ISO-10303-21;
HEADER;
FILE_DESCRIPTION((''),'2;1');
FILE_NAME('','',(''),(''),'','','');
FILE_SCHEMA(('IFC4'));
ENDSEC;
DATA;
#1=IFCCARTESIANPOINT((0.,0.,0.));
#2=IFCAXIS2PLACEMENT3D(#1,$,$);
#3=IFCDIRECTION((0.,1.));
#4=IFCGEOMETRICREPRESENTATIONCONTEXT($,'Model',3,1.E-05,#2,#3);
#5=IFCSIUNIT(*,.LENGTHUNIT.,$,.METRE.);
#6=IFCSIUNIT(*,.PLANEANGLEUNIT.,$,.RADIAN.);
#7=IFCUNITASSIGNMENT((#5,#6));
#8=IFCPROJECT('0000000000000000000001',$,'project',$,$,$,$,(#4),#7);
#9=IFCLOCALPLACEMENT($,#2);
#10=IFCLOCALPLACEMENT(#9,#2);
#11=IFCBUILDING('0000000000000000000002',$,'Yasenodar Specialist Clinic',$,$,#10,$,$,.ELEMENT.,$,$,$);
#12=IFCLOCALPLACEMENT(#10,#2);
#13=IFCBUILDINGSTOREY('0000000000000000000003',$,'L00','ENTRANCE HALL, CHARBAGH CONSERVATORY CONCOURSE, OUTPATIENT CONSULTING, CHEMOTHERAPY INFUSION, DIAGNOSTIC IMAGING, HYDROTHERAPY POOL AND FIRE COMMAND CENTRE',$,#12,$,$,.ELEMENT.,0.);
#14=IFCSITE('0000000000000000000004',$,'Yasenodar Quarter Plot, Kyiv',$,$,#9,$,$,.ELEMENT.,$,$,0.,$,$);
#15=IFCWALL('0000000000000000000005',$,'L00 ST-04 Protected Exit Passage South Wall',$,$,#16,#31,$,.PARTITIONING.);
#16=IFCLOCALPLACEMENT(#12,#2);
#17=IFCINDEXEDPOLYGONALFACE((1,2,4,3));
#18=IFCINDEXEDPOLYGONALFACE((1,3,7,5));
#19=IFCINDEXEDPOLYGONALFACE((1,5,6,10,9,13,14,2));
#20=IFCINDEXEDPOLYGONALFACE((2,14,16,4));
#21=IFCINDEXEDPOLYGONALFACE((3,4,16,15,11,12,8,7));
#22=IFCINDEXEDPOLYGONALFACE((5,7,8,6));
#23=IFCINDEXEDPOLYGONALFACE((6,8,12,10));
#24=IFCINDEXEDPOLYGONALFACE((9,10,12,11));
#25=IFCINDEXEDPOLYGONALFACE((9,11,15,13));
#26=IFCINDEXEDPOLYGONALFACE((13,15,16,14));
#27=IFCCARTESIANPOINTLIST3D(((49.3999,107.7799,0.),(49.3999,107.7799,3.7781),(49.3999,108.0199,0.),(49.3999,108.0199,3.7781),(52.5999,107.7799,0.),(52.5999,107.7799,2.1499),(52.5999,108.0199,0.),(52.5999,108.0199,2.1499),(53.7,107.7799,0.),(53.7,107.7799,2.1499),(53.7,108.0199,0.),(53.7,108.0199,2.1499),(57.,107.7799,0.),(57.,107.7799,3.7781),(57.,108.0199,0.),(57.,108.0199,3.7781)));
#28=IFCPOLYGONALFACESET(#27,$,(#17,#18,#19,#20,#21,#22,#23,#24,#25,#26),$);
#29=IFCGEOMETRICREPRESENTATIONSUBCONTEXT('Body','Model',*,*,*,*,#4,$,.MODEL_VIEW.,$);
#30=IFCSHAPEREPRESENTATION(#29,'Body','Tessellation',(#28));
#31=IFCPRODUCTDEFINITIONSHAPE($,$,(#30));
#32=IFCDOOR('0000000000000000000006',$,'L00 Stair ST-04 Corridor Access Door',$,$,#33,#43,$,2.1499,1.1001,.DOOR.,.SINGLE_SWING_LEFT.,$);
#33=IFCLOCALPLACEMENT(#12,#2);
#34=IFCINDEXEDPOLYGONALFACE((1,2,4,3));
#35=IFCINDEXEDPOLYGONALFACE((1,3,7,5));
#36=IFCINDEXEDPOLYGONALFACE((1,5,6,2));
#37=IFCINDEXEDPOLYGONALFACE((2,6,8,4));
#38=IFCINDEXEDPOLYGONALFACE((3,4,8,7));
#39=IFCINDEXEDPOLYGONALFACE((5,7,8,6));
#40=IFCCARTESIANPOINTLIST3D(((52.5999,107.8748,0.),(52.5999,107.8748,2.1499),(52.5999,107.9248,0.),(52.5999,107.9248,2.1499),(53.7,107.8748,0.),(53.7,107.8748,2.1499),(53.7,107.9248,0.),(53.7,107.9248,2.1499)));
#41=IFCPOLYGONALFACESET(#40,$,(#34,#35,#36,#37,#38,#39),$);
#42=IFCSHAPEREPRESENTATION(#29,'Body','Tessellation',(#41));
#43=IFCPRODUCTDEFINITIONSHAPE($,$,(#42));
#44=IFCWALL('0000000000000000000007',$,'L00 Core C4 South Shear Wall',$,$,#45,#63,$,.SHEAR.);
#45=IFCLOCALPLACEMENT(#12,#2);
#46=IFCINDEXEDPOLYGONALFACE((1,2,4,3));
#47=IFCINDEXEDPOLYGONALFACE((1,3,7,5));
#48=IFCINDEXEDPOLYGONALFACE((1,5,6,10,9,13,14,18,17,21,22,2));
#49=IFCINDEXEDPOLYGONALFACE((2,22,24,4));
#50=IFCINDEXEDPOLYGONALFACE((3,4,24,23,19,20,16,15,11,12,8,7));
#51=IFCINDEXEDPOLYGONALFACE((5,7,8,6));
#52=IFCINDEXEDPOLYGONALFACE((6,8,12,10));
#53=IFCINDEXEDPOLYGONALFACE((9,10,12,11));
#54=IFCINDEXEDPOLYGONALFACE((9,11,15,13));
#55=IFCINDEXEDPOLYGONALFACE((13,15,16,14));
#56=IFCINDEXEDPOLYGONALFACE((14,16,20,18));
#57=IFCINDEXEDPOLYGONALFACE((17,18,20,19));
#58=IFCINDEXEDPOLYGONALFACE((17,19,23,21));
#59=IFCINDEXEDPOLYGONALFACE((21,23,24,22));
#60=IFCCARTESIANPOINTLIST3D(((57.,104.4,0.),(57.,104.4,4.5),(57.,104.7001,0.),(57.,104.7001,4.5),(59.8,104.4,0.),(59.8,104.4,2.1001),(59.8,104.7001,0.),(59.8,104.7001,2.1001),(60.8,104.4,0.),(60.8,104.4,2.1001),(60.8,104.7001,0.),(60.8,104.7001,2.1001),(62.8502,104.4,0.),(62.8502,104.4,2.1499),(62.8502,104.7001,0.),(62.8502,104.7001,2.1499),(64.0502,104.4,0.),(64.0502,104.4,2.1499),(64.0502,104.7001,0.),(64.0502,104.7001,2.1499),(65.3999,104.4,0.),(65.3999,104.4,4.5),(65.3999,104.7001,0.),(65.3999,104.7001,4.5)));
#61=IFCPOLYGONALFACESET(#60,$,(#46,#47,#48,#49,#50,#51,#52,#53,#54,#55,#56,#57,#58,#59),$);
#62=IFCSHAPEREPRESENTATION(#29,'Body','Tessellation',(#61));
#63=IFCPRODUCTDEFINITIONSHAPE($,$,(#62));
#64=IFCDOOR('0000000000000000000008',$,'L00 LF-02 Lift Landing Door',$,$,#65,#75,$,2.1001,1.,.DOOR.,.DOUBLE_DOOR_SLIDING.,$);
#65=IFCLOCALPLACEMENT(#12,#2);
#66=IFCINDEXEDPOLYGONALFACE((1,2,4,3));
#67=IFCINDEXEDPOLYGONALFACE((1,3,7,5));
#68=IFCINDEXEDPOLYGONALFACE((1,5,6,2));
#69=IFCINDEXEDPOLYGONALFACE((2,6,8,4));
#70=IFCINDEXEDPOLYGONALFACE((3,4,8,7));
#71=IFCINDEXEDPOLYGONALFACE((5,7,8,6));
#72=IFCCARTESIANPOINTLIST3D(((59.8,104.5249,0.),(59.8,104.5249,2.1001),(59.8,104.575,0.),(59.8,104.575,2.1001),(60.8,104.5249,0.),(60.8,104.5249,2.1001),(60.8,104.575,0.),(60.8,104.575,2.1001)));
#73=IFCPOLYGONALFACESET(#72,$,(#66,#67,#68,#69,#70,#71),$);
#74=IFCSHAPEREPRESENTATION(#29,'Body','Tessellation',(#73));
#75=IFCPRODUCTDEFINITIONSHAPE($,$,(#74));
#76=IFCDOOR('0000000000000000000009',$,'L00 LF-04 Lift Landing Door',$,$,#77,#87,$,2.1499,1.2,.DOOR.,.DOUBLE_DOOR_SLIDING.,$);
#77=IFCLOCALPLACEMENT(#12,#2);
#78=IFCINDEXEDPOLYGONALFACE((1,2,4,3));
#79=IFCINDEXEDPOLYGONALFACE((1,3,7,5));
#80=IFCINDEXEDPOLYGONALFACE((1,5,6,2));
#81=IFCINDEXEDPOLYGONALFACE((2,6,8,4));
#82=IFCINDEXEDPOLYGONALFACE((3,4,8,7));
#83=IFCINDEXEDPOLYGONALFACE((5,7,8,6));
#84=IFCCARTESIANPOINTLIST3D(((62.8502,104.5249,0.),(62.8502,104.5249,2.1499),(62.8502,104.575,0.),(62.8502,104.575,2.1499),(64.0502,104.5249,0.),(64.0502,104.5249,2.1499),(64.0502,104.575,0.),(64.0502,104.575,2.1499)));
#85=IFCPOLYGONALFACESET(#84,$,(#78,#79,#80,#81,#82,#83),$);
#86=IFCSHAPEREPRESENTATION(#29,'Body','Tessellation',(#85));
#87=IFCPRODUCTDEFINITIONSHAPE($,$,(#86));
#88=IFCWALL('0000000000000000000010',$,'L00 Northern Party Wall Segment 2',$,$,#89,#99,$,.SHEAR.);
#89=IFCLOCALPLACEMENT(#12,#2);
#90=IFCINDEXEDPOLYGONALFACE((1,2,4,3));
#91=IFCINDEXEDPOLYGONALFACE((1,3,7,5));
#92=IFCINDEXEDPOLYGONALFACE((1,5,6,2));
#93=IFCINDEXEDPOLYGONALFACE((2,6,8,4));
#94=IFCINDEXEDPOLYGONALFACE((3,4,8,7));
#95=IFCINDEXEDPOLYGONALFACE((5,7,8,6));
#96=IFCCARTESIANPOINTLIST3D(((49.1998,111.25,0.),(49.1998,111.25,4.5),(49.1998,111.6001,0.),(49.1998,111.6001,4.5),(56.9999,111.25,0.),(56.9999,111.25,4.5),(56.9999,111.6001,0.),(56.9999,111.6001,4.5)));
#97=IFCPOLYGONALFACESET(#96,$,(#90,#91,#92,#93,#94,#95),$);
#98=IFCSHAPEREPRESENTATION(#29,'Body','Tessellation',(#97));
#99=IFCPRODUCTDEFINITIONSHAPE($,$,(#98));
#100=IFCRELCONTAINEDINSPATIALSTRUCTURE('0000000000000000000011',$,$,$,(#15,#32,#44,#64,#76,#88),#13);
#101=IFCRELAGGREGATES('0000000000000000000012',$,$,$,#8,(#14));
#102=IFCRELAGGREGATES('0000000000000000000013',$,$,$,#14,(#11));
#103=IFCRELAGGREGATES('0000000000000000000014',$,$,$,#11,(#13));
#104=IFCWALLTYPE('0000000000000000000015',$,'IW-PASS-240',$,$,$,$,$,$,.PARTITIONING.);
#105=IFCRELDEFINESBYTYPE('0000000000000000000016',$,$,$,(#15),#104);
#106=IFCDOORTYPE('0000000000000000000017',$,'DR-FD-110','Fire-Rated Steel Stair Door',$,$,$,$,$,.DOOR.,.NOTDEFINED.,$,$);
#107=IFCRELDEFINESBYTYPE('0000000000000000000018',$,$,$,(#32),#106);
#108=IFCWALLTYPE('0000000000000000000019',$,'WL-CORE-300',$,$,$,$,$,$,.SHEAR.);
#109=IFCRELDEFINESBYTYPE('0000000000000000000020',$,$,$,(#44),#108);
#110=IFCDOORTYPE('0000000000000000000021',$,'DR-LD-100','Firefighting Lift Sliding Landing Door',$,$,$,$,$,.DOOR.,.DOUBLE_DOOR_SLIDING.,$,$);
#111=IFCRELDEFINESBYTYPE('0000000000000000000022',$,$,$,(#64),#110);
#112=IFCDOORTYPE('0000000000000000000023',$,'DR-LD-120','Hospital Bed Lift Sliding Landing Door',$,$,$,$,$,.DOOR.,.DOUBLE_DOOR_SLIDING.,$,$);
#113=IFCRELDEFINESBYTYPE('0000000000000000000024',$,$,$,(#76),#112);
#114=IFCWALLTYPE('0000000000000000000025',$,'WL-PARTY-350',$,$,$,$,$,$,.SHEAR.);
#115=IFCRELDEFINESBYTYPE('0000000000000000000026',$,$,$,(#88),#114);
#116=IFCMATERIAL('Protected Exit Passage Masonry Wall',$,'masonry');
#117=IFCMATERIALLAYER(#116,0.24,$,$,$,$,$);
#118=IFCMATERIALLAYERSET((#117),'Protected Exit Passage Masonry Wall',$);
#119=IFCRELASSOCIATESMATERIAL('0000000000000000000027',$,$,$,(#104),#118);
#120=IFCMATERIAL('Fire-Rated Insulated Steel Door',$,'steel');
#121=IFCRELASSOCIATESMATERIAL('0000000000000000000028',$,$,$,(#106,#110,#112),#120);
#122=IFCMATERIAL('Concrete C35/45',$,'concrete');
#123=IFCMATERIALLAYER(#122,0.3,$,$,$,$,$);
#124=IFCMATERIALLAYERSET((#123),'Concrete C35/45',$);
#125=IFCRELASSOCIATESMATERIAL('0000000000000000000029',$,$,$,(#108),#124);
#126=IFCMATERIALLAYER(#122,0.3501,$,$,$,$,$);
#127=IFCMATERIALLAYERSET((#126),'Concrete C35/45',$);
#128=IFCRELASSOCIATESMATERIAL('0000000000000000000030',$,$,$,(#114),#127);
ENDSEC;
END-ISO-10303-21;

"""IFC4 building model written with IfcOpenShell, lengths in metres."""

from ifc_helpers import new_model, si_unit, direction, frame, frame_2d, origin, place, context, subcontext, project, spatial, rectangle, extrude, material, layer, layer_set, type_object, element, fill, save


model = new_model("IFC4")

# Units and contexts
model_context = context("Model", 3, precision=1e-05, world=origin(), true_north=direction((0.0, 1.0)))
body_context = subcontext(model_context, "Body", "Model", "MODEL_VIEW")
ifc_project = project(units=[si_unit("LENGTHUNIT", "METRE"), si_unit("PLANEANGLEUNIT", "RADIAN")], contexts=[model_context])

# Site, building, storey
site_placement = place(None, origin())
site = spatial("IfcSite", under=ifc_project, at=site_placement, Name="Yasenodar Quarter Plot, Kyiv", CompositionType="ELEMENT", RefElevation=0.0)
building_placement = place(site_placement, origin())
building = spatial("IfcBuilding", under=site, at=building_placement, Name="Yasenodar Specialist Clinic", CompositionType="ELEMENT")
storey_placement = place(building_placement, origin())
storey = spatial("IfcBuildingStorey", under=building, at=storey_placement, Name="L00", Description="ENTRANCE HALL, CHARBAGH CONSERVATORY CONCOURSE, OUTPATIENT CONSULTING, CHEMOTHERAPY INFUSION, DIAGNOSTIC IMAGING, HYDROTHERAPY POOL AND FIRE COMMAND CENTRE", CompositionType="ELEMENT", Elevation=0.0)

# Shared definitions
ifc_material_1 = material(Name="Concrete C35/45", Category="concrete")

# Wall, opening, door
ifc_material_2 = material(Name="Protected Exit Passage Masonry Wall", Category="masonry")
ifc_layer_1 = layer(ifc_material_2, 0.24)
ifc_layer_set_1 = layer_set([ifc_layer_1], Name="Protected Exit Passage Masonry Wall")
wall_type_1 = type_object("IfcWallType", Name="IW-PASS-240", PredefinedType="PARTITIONING", material=ifc_layer_set_1)
wall_1_placement = place(storey_placement, frame((49.3999, 107.8999, 0.0), z_axis=(0.0, 0.0, 1.0), x_axis=(1.0, 0.0, 0.0)))
wall_1 = element("IfcWall", 1, at=wall_1_placement, inside=storey, type_object=wall_type_1, Name="L00 ST-04 Protected Exit Passage South Wall", PredefinedType="PARTITIONING", context=body_context, shape_type="SweptSolid", body=[
    extrude(rectangle(XDim=7.6001, YDim=0.24, at=frame_2d((3.8, 0.0))), origin(), (0.0, 0.0, 1.0), 3.7781),
])
opening_1_placement = place(wall_1_placement, frame((3.2, 0.0, 0.0)))
opening_1 = element("IfcOpeningElement", 2, at=opening_1_placement, cuts=wall_1, PredefinedType="OPENING", context=body_context, shape_type="SweptSolid", body=[
    extrude(rectangle(XDim=1.1001, YDim=2.1499, at=frame_2d((0.55, 1.075))), frame((0.0, 0.1299, 0.0), z_axis=(0.0, -1.0, 0.0), x_axis=(1.0, 0.0, 0.0)), (0.0, 0.0, 1.0), 0.26),
])
ifc_material_3 = material(Name="Fire-Rated Insulated Steel Door", Category="steel")
door_type_1 = type_object("IfcDoorType", Name="DR-FD-110", Description="Fire-Rated Steel Stair Door", OperationType="NOTDEFINED", PredefinedType="DOOR", material=ifc_material_3)
door_1_placement = place(opening_1_placement, origin())
door_1 = element("IfcDoor", 3, at=door_1_placement, inside=storey, type_object=door_type_1, Name="L00 Stair ST-04 Corridor Access Door", OperationType="SINGLE_SWING_LEFT", OverallHeight=2.1499, OverallWidth=1.1001, PredefinedType="DOOR", context=body_context, shape_type="SweptSolid", body=[
    extrude(rectangle(XDim=1.1001, YDim=2.1499, at=frame_2d((0.55, 1.075))), frame((0.0, 0.0249, 0.0), z_axis=(0.0, -1.0, 0.0), x_axis=(1.0, 0.0, 0.0)), (0.0, 0.0, 1.0), 0.05),
])
fill(opening_1, door_1)

# Wall, openings, doors
ifc_layer_2 = layer(ifc_material_1, 0.3)
ifc_layer_set_2 = layer_set([ifc_layer_2], Name="Concrete C35/45")
wall_type_2 = type_object("IfcWallType", Name="WL-CORE-300", PredefinedType="SHEAR", material=ifc_layer_set_2)
wall_2_placement = place(storey_placement, frame((57.0, 104.55, 0.0), z_axis=(0.0, 0.0, 1.0), x_axis=(1.0, 0.0, 0.0)))
wall_2 = element("IfcWall", 4, at=wall_2_placement, inside=storey, type_object=wall_type_2, Name="L00 Core C4 South Shear Wall", PredefinedType="SHEAR", context=body_context, shape_type="SweptSolid", body=[
    extrude(rectangle(XDim=8.3999, YDim=0.3, at=frame_2d((4.2, 0.0))), origin(), (0.0, 0.0, 1.0), 4.5),
])
opening_2_placement = place(wall_2_placement, frame((2.8, 0.0, 0.0)))
opening_2 = element("IfcOpeningElement", 5, at=opening_2_placement, cuts=wall_2, PredefinedType="OPENING", context=body_context, shape_type="SweptSolid", body=[
    extrude(rectangle(XDim=1.0, YDim=2.1001, at=frame_2d((0.5, 1.05))), frame((0.0, 0.1602, 0.0), z_axis=(0.0, -1.0, 0.0), x_axis=(1.0, 0.0, 0.0)), (0.0, 0.0, 1.0), 0.3201),
])
opening_3_placement = place(wall_2_placement, frame((5.8501, 0.0, 0.0)))
opening_3 = element("IfcOpeningElement", 6, at=opening_3_placement, cuts=wall_2, PredefinedType="OPENING", context=body_context, shape_type="SweptSolid", body=[
    extrude(rectangle(XDim=1.2, YDim=2.1499, at=frame_2d((0.6001, 1.075))), frame((0.0, 0.1602, 0.0), z_axis=(0.0, -1.0, 0.0), x_axis=(1.0, 0.0, 0.0)), (0.0, 0.0, 1.0), 0.3201),
])
door_type_2 = type_object("IfcDoorType", Name="DR-LD-100", Description="Firefighting Lift Sliding Landing Door", OperationType="DOUBLE_DOOR_SLIDING", PredefinedType="DOOR", material=ifc_material_3)
door_2_placement = place(opening_2_placement, origin())
door_2 = element("IfcDoor", 7, at=door_2_placement, inside=storey, type_object=door_type_2, Name="L00 LF-02 Lift Landing Door", OperationType="DOUBLE_DOOR_SLIDING", OverallHeight=2.1001, OverallWidth=1.0, PredefinedType="DOOR", context=body_context, shape_type="SweptSolid", body=[
    extrude(rectangle(XDim=1.0, YDim=2.1001, at=frame_2d((0.5, 1.05))), frame((0.0, 0.0249, 0.0), z_axis=(0.0, -1.0, 0.0), x_axis=(1.0, 0.0, 0.0)), (0.0, 0.0, 1.0), 0.05),
])
fill(opening_2, door_2)
door_type_3 = type_object("IfcDoorType", Name="DR-LD-120", Description="Hospital Bed Lift Sliding Landing Door", OperationType="DOUBLE_DOOR_SLIDING", PredefinedType="DOOR", material=ifc_material_3)
door_3_placement = place(opening_3_placement, origin())
door_3 = element("IfcDoor", 8, at=door_3_placement, inside=storey, type_object=door_type_3, Name="L00 LF-04 Lift Landing Door", OperationType="DOUBLE_DOOR_SLIDING", OverallHeight=2.1499, OverallWidth=1.2, PredefinedType="DOOR", context=body_context, shape_type="SweptSolid", body=[
    extrude(rectangle(XDim=1.2, YDim=2.1499, at=frame_2d((0.6001, 1.075))), frame((0.0, 0.0249, 0.0), z_axis=(0.0, -1.0, 0.0), x_axis=(1.0, 0.0, 0.0)), (0.0, 0.0, 1.0), 0.05),
])
fill(opening_3, door_3)

# Wall
ifc_layer_3 = layer(ifc_material_1, 0.3501)
ifc_layer_set_3 = layer_set([ifc_layer_3], Name="Concrete C35/45")
wall_type_3 = type_object("IfcWallType", Name="WL-PARTY-350", PredefinedType="SHEAR", material=ifc_layer_set_3)
wall_3_placement = place(storey_placement, frame((49.2, 111.425, 0.0), z_axis=(0.0, 0.0, 1.0), x_axis=(1.0, 0.0, 0.0)))
element("IfcWall", 9, at=wall_3_placement, inside=storey, type_object=wall_type_3, Name="L00 Northern Party Wall Segment 2", PredefinedType="SHEAR", context=body_context, shape_type="SweptSolid", body=[
    extrude(rectangle(XDim=7.8, YDim=0.3501, at=frame_2d((3.8999, 0.0))), origin(), (0.0, 0.0, 1.0), 4.5),
])

save(model, "model.ifc")
